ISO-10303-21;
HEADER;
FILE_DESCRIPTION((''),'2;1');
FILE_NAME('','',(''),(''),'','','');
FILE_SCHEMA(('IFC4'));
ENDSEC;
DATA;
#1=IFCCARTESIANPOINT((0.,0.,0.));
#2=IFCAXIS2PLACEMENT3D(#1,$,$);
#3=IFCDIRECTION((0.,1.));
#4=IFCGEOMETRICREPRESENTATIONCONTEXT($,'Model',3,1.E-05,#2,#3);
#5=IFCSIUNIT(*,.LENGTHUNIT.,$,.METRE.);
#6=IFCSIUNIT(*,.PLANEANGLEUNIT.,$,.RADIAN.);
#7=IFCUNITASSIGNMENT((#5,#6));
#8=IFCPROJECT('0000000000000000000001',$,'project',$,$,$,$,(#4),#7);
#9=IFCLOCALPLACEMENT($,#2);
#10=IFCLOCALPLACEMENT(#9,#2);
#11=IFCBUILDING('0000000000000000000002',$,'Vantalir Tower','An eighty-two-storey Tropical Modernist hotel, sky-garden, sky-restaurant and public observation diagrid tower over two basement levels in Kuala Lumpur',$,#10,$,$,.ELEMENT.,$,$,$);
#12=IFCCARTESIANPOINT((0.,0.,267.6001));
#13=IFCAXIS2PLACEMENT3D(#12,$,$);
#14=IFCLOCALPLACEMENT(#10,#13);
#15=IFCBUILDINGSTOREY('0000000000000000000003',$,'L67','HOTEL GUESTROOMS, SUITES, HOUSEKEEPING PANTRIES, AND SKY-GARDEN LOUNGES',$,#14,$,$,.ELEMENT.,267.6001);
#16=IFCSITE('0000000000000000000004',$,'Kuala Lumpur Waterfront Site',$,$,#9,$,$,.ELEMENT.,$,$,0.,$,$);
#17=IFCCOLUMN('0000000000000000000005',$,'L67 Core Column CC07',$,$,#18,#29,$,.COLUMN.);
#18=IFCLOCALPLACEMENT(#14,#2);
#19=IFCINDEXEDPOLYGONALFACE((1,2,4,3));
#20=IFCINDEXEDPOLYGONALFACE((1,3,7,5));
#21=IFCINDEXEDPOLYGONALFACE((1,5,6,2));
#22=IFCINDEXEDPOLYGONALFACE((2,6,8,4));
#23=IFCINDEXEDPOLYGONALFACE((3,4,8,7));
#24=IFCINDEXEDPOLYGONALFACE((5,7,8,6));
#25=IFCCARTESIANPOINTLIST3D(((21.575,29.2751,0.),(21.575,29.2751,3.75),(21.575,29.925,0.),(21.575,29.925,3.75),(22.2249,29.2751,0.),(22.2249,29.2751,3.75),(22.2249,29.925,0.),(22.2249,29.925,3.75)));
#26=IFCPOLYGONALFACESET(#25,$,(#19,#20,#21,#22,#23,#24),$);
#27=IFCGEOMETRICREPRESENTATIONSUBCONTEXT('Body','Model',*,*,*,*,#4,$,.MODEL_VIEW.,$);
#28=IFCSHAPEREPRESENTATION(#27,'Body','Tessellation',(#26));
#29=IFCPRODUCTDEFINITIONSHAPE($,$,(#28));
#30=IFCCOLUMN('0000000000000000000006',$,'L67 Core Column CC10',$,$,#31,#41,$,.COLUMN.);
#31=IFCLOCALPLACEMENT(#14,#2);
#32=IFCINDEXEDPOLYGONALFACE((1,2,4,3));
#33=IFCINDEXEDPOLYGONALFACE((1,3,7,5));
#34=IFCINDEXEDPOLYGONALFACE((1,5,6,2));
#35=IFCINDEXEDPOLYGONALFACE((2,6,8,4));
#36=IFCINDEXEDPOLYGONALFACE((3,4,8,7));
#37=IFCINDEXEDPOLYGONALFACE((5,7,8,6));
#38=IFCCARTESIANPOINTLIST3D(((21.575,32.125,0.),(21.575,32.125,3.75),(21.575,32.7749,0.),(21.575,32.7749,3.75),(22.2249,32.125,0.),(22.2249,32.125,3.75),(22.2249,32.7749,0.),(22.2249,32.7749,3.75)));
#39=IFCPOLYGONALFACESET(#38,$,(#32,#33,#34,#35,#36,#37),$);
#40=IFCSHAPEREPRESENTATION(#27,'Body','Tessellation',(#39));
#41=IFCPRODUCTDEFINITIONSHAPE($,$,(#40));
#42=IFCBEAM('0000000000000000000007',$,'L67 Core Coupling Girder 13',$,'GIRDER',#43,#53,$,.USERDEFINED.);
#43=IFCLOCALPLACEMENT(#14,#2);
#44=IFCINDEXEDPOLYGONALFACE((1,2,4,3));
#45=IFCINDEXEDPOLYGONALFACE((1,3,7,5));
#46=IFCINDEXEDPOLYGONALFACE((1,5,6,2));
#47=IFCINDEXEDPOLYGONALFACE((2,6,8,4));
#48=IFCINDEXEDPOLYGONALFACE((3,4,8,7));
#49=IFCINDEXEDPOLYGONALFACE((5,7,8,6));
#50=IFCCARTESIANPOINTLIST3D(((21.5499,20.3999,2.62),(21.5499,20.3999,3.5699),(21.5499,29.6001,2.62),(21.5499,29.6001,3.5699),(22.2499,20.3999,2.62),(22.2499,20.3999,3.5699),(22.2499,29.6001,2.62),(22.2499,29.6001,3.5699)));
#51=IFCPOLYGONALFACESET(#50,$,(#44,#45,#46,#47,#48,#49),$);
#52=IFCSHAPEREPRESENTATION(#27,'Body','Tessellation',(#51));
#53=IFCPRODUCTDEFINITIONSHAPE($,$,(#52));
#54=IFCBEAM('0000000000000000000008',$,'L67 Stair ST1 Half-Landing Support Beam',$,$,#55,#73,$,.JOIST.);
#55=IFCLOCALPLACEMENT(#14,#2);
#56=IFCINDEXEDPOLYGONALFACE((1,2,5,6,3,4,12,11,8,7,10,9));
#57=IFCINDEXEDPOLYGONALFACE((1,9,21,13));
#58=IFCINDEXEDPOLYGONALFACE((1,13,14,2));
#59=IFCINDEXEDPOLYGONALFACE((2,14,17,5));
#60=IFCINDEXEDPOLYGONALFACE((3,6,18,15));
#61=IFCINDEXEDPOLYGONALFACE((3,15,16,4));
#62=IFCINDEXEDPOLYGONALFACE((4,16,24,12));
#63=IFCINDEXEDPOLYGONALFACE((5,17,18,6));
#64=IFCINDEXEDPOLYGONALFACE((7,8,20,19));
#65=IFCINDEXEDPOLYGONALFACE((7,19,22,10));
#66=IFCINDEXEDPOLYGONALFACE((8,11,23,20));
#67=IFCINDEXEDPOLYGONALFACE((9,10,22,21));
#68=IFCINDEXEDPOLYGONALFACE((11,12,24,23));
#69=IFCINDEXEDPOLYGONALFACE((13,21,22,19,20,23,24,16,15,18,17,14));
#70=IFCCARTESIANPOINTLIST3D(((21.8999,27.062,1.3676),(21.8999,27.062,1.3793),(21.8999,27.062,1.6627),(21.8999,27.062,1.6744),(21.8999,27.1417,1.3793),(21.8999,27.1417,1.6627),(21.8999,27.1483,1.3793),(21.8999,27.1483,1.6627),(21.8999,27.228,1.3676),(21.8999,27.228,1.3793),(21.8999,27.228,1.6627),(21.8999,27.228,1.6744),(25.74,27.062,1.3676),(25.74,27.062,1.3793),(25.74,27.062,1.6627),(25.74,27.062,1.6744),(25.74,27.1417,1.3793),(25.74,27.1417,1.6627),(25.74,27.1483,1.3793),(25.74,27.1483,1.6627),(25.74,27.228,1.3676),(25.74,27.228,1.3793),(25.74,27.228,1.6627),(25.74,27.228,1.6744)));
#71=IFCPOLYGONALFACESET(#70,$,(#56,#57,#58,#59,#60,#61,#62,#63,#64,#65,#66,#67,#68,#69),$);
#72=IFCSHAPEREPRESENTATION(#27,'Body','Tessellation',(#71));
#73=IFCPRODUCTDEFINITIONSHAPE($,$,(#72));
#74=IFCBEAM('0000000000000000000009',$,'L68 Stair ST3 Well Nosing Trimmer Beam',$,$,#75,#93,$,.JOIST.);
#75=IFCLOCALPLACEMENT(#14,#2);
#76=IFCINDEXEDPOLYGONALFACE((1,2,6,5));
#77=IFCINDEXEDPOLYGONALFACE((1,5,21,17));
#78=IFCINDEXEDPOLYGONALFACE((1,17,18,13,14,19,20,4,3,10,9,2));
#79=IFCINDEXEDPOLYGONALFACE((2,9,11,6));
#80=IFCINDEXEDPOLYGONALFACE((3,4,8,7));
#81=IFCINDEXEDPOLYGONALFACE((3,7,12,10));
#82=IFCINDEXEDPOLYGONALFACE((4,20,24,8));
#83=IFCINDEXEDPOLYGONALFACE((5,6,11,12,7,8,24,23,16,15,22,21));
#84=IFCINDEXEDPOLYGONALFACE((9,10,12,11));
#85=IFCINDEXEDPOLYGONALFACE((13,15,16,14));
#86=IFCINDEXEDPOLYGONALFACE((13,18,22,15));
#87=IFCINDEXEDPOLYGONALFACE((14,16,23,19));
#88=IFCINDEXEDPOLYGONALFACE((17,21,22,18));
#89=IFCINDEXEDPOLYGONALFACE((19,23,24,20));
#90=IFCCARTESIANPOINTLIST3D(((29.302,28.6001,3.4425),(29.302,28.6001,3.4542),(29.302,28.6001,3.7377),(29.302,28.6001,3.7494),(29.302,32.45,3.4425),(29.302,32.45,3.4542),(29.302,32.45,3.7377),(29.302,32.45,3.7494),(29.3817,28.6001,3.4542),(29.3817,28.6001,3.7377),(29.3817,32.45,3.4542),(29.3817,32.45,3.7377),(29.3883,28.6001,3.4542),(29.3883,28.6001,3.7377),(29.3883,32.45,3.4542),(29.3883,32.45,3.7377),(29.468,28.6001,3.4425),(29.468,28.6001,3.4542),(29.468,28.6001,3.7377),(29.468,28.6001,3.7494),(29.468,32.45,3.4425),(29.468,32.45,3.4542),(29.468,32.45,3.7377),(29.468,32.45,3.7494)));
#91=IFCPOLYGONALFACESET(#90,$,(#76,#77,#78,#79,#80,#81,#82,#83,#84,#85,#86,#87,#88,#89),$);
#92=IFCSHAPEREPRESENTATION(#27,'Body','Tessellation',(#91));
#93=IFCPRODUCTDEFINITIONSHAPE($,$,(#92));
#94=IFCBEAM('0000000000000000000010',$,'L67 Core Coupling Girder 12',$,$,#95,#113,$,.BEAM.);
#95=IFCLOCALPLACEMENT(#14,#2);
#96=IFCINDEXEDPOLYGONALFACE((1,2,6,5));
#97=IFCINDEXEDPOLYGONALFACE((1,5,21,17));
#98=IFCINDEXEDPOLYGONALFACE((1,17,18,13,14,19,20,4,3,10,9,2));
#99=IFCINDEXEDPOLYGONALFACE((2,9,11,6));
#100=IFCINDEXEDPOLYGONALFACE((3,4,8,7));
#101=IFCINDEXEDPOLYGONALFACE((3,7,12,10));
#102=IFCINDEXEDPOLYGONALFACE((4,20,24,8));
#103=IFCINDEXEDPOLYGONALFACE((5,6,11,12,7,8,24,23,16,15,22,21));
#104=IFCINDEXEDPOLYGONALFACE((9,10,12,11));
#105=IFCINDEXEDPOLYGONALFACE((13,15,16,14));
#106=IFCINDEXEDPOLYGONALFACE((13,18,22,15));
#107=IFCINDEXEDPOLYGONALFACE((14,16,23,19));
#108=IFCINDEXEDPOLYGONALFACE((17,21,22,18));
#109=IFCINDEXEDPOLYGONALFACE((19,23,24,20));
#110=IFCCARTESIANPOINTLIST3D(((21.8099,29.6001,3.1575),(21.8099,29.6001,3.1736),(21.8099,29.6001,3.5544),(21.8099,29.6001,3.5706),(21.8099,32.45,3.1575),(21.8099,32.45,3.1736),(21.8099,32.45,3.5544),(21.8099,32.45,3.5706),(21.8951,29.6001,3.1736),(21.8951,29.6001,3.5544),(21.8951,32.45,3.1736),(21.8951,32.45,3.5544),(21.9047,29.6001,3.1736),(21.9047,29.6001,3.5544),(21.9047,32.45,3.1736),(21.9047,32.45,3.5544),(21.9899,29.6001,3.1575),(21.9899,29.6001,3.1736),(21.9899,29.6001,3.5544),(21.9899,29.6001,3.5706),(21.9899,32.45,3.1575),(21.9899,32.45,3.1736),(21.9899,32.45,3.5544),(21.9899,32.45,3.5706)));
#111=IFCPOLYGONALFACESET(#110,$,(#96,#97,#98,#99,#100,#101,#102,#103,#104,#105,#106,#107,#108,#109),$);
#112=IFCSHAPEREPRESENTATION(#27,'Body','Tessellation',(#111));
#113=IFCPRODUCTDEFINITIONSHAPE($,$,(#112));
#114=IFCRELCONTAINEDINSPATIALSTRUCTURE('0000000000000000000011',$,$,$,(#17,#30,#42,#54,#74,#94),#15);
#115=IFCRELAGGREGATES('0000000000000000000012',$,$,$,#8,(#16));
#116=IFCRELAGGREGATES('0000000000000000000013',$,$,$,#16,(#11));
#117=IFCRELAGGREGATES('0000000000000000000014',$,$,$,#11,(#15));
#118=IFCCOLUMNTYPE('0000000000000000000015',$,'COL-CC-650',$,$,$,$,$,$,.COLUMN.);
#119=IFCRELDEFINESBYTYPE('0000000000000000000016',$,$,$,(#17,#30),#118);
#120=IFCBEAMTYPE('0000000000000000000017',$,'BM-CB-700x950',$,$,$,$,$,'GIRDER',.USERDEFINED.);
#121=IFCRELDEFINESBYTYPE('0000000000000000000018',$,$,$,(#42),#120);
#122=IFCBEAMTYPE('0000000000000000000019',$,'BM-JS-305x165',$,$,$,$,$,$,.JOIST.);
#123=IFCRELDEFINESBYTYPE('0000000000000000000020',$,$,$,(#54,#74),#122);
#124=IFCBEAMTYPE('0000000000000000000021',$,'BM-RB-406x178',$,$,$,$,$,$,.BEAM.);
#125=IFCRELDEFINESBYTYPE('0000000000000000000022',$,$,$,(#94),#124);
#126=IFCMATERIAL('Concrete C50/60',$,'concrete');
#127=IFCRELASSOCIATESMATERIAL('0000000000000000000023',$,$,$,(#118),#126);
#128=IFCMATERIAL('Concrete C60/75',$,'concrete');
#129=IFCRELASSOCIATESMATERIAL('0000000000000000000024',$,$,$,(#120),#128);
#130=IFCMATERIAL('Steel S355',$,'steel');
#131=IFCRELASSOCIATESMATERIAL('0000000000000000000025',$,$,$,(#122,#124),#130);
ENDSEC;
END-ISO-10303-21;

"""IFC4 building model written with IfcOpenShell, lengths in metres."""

from ifc_helpers import new_model, si_unit, direction, frame, origin, origin_2d, place, context, subcontext, project, spatial, rectangle, i_section, extrude, material, material_profile, profile_set, type_object, element, save


model = new_model("IFC4")

# Units and contexts
model_context = context("Model", 3, precision=1e-05, world=origin(), true_north=direction((0.0, 1.0)))
body_context = subcontext(model_context, "Body", "Model", "MODEL_VIEW")
ifc_project = project(units=[si_unit("LENGTHUNIT", "METRE"), si_unit("PLANEANGLEUNIT", "RADIAN")], contexts=[model_context])

# Site, building, storey
site_placement = place(None, origin())
site = spatial("IfcSite", under=ifc_project, at=site_placement, Name="Kuala Lumpur Waterfront Site", CompositionType="ELEMENT", RefElevation=0.0)
building_placement = place(site_placement, origin())
building = spatial("IfcBuilding", under=site, at=building_placement, Name="Vantalir Tower", Description="An eighty-two-storey Tropical Modernist hotel, sky-garden, sky-restaurant and public observation diagrid tower over two basement levels in Kuala Lumpur", CompositionType="ELEMENT")
storey_placement = place(building_placement, frame((0.0, 0.0, 267.6001)))
storey = spatial("IfcBuildingStorey", under=building, at=storey_placement, Name="L67", Description="HOTEL GUESTROOMS, SUITES, HOUSEKEEPING PANTRIES, AND SKY-GARDEN LOUNGES", CompositionType="ELEMENT", Elevation=267.6001)

# Columns
ifc_material_1 = material(Name="Concrete C50/60", Category="concrete")
ifc_material_profile_1 = material_profile(ifc_material_1, rectangle(XDim=0.6499, YDim=0.6499, at=origin_2d()), Name="Concrete C50/60")
ifc_profile_set_1 = profile_set([ifc_material_profile_1], Name="Concrete C50/60")
column_type = type_object("IfcColumnType", Name="COL-CC-650", PredefinedType="COLUMN", material=ifc_profile_set_1)
for number, where, z_axis, x_axis, name in (
    (1, (21.8999, 29.6001, 0.0), (0.0, 0.0, 1.0), (1.0, 0.0, 0.0), "L67 Core Column CC07"),
    (2, (21.8999, 32.45, 0.0), (0.0, 0.0, 1.0), (1.0, 0.0, 0.0), "L67 Core Column CC10"),
):
    element("IfcColumn", number, at=place(storey_placement, frame(where, z_axis=z_axis, x_axis=x_axis)), inside=storey, type_object=column_type, Name=name, PredefinedType="COLUMN", context=body_context, shape_type="SweptSolid", body=[
        extrude(rectangle(XDim=0.6499, YDim=0.6499, at=origin_2d()), origin(), (0.0, 0.0, 1.0), 3.75),
    ])

# Beams
ifc_material_2 = material(Name="Concrete C60/75", Category="concrete")
ifc_material_profile_2 = material_profile(ifc_material_2, rectangle(XDim=0.7, YDim=0.95, at=origin_2d()), Name="Concrete C60/75")
ifc_profile_set_2 = profile_set([ifc_material_profile_2], Name="Concrete C60/75")
beam_type_1 = type_object("IfcBeamType", Name="BM-CB-700x950", ElementType="GIRDER", PredefinedType="USERDEFINED", material=ifc_profile_set_2)
beam_1_placement = place(storey_placement, frame((21.8999, 29.6001, 3.095), z_axis=(0.0, -1.0, 0.0), x_axis=(1.0, 0.0, 0.0)))
element("IfcBeam", 3, at=beam_1_placement, inside=storey, type_object=beam_type_1, Name="L67 Core Coupling Girder 13", ObjectType="GIRDER", PredefinedType="USERDEFINED", context=body_context, shape_type="SweptSolid", body=[
    extrude(rectangle(XDim=0.7, YDim=0.95, at=origin_2d()), origin(), (0.0, 0.0, 1.0), 9.2002),
])
ifc_material_3 = material(Name="Steel S355", Category="steel")
ifc_material_profile_3 = material_profile(ifc_material_3, i_section(OverallWidth=0.166, OverallDepth=0.3069, WebThickness=0.0066, FlangeThickness=0.0117, at=origin_2d()), Name="Steel S355")
ifc_profile_set_3 = profile_set([ifc_material_profile_3], Name="Steel S355")
beam_type_2 = type_object("IfcBeamType", Name="BM-JS-305x165", PredefinedType="JOIST", material=ifc_profile_set_3)
beam_2_placement = place(storey_placement, frame((21.8999, 27.145, 1.521), z_axis=(1.0, 0.0, 0.0), x_axis=(0.0, 1.0, 0.0)))
element("IfcBeam", 4, at=beam_2_placement, inside=storey, type_object=beam_type_2, Name="L67 Stair ST1 Half-Landing Support Beam", PredefinedType="JOIST", context=body_context, shape_type="SweptSolid", body=[
    extrude(i_section(OverallWidth=0.166, OverallDepth=0.3069, WebThickness=0.0066, FlangeThickness=0.0117, at=origin_2d()), origin(), (0.0, 0.0, 1.0), 3.8401),
])
beam_3_placement = place(storey_placement, frame((29.385, 28.6001, 3.5959), z_axis=(0.0, 1.0, 0.0), x_axis=(-1.0, 0.0, 0.0)))
element("IfcBeam", 5, at=beam_3_placement, inside=storey, type_object=beam_type_2, Name="L68 Stair ST3 Well Nosing Trimmer Beam", PredefinedType="JOIST", context=body_context, shape_type="SweptSolid", body=[
    extrude(i_section(OverallWidth=0.166, OverallDepth=0.3069, WebThickness=0.0066, FlangeThickness=0.0117, at=origin_2d()), origin(), (0.0, 0.0, 1.0), 3.8499),
])
ifc_material_profile_4 = material_profile(ifc_material_3, i_section(OverallWidth=0.1799, OverallDepth=0.4131, WebThickness=0.0095, FlangeThickness=0.0161, at=origin_2d()), Name="Steel S355")
ifc_profile_set_4 = profile_set([ifc_material_profile_4], Name="Steel S355")
beam_type_3 = type_object("IfcBeamType", Name="BM-RB-406x178", PredefinedType="BEAM", material=ifc_profile_set_4)
beam_4_placement = place(storey_placement, frame((21.8999, 32.45, 3.364), z_axis=(0.0, -1.0, 0.0), x_axis=(1.0, 0.0, 0.0)))
element("IfcBeam", 6, at=beam_4_placement, inside=storey, type_object=beam_type_3, Name="L67 Core Coupling Girder 12", PredefinedType="BEAM", context=body_context, shape_type="SweptSolid", body=[
    extrude(i_section(OverallWidth=0.1799, OverallDepth=0.4131, WebThickness=0.0095, FlangeThickness=0.0161, at=origin_2d()), origin(), (0.0, 0.0, 1.0), 2.8499),
])

save(model, "model.ifc")
